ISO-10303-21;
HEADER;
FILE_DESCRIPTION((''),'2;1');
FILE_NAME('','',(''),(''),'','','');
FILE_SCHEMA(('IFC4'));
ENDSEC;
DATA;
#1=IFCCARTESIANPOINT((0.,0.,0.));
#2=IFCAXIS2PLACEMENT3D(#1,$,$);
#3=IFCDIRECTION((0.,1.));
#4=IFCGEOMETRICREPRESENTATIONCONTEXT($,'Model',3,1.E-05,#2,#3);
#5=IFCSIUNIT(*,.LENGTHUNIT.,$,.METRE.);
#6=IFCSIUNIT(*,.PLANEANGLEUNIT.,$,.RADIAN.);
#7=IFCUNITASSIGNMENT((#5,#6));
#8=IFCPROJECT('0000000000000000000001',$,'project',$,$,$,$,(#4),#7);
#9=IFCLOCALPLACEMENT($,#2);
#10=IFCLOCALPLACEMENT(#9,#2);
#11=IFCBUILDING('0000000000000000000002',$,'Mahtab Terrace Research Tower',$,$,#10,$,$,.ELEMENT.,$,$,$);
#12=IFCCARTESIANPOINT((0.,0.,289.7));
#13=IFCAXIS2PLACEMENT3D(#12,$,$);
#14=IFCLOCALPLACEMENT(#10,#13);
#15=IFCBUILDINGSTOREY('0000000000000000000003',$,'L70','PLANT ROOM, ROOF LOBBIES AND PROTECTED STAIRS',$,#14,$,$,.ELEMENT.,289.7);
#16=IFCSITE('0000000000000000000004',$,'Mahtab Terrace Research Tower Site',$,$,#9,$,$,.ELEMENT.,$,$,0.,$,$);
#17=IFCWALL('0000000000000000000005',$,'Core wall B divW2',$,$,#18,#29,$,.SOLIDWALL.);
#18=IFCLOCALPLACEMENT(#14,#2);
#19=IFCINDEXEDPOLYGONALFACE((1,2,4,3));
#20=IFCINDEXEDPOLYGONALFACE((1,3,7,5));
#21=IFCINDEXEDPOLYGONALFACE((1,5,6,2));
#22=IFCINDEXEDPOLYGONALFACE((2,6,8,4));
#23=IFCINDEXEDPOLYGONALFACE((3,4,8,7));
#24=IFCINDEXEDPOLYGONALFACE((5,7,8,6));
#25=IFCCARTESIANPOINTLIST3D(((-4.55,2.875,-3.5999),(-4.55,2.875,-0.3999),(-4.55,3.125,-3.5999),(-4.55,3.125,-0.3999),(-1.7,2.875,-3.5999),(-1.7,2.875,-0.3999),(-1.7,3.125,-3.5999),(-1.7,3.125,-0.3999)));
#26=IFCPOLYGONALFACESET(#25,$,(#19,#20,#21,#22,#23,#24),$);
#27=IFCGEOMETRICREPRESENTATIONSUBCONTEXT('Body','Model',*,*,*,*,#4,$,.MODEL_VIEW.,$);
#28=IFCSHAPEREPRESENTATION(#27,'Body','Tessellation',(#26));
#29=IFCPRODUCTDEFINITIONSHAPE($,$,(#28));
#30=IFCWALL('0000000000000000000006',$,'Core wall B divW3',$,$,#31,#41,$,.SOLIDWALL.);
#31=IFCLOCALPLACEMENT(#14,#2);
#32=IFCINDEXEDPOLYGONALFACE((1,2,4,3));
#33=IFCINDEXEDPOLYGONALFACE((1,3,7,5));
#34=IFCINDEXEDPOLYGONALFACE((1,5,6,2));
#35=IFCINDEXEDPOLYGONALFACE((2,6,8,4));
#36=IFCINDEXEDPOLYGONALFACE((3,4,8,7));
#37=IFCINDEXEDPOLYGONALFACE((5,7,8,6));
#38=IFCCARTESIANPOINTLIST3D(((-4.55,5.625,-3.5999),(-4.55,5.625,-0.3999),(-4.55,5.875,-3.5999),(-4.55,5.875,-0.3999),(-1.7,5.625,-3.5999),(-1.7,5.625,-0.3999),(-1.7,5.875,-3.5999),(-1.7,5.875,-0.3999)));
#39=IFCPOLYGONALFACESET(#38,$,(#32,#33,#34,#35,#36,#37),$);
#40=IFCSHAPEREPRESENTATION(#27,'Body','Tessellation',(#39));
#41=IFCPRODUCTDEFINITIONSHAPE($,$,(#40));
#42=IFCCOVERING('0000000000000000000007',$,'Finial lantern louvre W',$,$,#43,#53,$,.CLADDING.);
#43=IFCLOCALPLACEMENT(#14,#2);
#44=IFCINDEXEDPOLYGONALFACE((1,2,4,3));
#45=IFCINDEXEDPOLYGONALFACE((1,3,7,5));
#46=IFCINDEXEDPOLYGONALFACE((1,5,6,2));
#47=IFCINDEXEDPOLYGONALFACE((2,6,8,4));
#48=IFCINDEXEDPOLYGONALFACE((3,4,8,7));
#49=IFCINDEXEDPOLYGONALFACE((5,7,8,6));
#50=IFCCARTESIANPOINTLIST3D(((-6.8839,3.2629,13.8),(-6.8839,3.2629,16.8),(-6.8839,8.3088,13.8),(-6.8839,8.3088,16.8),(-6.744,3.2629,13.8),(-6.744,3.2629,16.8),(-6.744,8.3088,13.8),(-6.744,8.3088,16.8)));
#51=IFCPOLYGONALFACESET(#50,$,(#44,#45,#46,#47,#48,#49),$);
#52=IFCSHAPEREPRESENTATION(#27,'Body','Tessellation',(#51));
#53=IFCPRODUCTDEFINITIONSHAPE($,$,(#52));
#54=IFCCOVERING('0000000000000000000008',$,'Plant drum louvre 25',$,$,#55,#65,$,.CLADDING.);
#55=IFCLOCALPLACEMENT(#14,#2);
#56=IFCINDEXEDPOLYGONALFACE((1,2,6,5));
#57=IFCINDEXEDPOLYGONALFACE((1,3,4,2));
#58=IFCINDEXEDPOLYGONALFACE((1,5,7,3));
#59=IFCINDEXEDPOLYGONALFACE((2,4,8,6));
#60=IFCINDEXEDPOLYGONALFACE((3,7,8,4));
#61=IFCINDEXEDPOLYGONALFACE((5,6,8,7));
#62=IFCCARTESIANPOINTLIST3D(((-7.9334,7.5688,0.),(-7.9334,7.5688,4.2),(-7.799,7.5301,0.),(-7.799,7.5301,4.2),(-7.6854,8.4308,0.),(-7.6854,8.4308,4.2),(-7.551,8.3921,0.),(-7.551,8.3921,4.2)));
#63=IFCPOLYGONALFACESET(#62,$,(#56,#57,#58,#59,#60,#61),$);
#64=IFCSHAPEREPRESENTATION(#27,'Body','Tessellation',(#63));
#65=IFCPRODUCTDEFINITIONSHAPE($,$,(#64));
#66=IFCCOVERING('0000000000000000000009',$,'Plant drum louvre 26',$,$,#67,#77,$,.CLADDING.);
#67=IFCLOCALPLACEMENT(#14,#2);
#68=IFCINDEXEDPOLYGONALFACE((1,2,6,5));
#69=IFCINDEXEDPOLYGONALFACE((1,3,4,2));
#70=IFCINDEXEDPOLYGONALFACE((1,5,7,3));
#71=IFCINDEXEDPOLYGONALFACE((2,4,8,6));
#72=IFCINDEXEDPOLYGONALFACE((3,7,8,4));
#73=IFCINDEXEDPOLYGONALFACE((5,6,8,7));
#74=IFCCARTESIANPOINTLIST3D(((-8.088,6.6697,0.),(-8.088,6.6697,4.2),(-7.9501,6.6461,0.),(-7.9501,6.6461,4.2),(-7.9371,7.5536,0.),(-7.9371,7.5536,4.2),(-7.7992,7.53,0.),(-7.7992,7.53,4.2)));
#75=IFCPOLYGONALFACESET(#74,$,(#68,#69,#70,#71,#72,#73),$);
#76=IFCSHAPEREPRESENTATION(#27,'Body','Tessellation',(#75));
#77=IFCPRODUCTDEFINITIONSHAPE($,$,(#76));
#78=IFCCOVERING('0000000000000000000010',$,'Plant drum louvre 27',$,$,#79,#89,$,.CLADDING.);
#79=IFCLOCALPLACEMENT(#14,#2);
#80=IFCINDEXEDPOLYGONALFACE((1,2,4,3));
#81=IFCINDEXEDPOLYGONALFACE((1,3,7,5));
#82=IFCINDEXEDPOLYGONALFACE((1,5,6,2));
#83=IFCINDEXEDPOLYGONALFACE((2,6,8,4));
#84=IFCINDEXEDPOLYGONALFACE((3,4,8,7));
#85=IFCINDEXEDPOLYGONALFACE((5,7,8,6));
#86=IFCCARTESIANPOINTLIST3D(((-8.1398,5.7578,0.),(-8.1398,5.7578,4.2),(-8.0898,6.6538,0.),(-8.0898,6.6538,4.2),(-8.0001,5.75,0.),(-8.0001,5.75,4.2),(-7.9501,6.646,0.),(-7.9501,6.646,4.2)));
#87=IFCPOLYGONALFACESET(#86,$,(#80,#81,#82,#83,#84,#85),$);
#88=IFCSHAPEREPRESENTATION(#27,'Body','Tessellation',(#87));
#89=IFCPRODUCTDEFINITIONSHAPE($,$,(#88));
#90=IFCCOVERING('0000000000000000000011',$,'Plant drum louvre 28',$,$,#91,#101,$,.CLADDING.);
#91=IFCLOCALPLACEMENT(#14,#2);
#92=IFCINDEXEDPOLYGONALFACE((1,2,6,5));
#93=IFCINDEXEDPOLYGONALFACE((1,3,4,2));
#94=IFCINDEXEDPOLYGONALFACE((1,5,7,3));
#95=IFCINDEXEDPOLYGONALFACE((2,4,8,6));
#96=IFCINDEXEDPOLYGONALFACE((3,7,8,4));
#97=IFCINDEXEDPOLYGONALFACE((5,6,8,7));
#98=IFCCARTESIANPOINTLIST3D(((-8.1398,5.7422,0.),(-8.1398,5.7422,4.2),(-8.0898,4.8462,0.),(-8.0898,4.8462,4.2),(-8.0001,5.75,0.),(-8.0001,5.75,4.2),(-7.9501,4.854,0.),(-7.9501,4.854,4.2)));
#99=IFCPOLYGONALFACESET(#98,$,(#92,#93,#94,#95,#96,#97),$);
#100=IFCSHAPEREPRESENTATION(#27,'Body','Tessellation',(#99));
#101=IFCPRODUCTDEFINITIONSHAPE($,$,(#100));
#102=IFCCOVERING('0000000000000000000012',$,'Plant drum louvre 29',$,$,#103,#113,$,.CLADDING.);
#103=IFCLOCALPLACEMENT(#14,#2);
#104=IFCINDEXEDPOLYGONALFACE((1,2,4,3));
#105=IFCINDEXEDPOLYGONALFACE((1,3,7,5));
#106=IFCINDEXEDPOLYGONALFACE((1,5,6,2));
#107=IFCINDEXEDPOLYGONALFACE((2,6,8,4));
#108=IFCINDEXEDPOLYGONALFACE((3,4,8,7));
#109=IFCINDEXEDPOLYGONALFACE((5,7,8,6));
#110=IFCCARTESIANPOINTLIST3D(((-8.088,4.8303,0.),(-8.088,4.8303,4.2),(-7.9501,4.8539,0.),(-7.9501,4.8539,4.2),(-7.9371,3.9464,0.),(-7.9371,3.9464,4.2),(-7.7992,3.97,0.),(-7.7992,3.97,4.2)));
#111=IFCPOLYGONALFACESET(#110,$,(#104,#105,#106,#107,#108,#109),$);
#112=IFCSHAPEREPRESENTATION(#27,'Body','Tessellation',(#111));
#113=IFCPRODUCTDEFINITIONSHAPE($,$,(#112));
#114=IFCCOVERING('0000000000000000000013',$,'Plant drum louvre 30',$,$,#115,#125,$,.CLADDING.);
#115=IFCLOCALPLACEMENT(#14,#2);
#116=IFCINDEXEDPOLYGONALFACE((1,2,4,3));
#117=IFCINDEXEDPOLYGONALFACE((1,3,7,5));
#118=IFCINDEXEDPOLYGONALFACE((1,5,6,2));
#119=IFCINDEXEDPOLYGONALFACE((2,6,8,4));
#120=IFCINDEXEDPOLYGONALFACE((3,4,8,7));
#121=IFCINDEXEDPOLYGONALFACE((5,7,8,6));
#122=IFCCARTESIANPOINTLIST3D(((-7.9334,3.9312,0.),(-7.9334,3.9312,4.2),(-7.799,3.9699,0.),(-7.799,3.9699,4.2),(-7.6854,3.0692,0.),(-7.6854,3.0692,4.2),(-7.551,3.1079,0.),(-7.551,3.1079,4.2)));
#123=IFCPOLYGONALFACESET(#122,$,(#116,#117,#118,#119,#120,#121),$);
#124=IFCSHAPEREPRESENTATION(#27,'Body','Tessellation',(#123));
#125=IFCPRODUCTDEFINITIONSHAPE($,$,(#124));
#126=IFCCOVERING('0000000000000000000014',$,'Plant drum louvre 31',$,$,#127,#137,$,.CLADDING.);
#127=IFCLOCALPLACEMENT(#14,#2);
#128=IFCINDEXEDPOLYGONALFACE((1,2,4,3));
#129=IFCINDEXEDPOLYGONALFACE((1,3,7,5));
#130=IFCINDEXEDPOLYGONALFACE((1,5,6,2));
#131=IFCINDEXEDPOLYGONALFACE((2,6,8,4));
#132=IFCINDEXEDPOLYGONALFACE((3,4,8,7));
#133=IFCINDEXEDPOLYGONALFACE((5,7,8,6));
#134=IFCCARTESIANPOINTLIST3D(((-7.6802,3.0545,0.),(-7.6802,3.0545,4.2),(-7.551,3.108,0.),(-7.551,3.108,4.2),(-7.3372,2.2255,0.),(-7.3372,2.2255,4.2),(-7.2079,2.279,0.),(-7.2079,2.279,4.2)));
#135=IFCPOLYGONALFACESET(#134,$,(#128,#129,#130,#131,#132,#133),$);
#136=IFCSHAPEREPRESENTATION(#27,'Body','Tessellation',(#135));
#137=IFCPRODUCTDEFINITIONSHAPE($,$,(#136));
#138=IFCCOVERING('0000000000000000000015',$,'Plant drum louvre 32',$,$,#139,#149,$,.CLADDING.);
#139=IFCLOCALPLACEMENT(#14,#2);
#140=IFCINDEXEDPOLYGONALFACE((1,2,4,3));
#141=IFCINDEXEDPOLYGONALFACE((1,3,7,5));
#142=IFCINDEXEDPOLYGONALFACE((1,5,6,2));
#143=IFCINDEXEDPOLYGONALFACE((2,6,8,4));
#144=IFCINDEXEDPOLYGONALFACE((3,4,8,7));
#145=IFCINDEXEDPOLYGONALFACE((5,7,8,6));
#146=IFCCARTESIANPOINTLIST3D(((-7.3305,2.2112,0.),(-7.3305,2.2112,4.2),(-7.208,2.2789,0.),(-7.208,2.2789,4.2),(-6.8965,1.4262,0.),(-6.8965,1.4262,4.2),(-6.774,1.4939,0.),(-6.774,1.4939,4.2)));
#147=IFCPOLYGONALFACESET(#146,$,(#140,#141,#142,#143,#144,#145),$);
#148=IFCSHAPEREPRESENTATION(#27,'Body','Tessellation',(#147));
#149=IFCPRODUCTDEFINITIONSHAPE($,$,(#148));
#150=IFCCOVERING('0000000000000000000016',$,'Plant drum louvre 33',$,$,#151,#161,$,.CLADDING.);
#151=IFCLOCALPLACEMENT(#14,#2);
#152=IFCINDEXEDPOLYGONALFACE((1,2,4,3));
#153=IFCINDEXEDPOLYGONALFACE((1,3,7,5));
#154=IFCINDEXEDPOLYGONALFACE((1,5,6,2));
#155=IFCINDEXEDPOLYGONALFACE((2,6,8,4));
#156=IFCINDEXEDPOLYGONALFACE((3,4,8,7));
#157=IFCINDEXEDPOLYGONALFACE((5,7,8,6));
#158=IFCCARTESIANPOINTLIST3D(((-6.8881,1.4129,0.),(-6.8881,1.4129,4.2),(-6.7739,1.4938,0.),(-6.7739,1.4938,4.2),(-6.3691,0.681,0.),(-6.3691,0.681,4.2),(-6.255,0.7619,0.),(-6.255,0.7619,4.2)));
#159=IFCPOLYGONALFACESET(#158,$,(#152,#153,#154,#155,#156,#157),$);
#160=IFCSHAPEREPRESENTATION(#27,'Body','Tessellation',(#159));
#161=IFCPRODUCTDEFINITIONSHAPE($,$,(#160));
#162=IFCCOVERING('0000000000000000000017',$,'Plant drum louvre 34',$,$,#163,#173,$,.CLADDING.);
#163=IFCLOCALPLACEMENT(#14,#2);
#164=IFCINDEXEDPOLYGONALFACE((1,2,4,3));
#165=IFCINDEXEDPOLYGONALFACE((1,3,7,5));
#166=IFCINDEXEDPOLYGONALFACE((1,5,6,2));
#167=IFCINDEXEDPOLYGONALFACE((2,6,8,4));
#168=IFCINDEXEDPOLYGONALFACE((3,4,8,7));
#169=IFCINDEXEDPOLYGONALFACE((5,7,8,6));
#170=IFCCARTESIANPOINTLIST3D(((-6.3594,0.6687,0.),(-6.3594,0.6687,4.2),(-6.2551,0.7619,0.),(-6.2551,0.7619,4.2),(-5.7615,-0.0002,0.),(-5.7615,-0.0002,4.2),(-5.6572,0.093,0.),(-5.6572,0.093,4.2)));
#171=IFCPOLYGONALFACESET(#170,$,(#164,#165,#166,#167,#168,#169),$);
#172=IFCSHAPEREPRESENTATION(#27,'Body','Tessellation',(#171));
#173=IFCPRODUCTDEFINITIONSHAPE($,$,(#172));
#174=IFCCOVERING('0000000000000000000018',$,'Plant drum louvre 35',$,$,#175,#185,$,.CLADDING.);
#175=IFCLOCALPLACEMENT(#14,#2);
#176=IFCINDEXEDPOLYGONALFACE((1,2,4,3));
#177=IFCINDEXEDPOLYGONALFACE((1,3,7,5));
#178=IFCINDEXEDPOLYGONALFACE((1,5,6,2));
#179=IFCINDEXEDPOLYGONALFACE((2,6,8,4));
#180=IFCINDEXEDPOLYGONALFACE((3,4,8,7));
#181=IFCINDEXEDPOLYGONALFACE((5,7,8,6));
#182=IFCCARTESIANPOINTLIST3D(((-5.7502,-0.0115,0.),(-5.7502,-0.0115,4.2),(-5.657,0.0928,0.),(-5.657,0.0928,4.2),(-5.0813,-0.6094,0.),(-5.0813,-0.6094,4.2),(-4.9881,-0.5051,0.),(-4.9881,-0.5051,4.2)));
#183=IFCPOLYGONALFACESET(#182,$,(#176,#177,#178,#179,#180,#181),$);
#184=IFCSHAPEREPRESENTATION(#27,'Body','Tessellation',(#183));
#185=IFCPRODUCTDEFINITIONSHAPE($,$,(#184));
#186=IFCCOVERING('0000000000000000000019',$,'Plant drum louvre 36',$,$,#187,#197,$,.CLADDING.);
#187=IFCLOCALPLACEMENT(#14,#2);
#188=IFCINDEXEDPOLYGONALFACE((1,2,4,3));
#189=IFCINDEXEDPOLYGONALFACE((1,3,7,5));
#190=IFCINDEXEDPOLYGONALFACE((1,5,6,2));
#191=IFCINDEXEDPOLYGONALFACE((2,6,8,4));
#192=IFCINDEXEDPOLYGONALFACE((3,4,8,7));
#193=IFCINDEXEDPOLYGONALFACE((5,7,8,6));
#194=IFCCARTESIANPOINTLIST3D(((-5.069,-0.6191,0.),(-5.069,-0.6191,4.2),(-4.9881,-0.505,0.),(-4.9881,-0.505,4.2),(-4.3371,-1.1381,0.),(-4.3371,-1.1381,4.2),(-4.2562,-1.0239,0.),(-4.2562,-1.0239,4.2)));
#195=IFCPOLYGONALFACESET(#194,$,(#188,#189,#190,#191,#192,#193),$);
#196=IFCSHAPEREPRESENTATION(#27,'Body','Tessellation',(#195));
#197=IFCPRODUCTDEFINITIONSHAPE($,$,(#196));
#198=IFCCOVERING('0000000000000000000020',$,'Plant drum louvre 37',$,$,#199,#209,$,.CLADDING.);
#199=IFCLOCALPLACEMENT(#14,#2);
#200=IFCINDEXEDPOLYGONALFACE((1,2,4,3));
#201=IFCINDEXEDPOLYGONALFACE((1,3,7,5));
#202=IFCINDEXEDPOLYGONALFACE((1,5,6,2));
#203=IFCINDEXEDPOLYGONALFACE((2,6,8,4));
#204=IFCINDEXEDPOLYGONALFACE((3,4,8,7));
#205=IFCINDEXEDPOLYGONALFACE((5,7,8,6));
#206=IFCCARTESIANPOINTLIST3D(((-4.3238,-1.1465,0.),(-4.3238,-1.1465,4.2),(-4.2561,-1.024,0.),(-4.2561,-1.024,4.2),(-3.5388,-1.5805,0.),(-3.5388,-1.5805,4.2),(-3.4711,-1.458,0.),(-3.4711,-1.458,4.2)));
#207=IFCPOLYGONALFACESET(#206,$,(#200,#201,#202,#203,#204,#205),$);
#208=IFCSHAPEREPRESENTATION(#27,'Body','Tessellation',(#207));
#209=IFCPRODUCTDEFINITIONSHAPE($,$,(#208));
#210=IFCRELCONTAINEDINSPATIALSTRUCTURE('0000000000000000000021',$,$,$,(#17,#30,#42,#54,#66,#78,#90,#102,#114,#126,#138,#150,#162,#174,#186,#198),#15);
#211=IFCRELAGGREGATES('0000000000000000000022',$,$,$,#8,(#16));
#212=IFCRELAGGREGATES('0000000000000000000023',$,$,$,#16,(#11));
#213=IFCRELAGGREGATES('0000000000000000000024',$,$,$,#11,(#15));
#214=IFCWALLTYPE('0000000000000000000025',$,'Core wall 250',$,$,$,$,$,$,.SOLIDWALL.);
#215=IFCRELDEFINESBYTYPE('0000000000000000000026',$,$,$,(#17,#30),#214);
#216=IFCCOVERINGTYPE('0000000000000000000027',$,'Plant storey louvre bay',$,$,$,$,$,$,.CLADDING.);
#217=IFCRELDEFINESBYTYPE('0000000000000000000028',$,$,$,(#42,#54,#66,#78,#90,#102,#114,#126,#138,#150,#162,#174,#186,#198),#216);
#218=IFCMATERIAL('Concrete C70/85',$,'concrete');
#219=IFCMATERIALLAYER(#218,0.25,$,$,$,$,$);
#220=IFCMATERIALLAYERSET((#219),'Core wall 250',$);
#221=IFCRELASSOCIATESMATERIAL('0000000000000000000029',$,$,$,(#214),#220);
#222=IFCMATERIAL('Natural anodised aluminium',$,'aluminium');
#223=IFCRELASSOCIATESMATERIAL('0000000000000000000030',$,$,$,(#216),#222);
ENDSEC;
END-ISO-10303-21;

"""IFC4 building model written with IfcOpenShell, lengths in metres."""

from ifc_helpers import new_model, si_unit, direction, frame, frame_2d, origin, origin_2d, place, context, subcontext, project, spatial, rectangle, extrude, material, layer, layer_set, type_object, element, save


model = new_model("IFC4")

# Units and contexts
model_context = context("Model", 3, precision=1e-05, world=origin(), true_north=direction((0.0, 1.0)))
body_context = subcontext(model_context, "Body", "Model", "MODEL_VIEW")
ifc_project = project(units=[si_unit("LENGTHUNIT", "METRE"), si_unit("PLANEANGLEUNIT", "RADIAN")], contexts=[model_context])

# Site, building, storey
site_placement = place(None, origin())
site = spatial("IfcSite", under=ifc_project, at=site_placement, Name="Mahtab Terrace Research Tower Site", CompositionType="ELEMENT", RefElevation=0.0)
building_placement = place(site_placement, origin())
building = spatial("IfcBuilding", under=site, at=building_placement, Name="Mahtab Terrace Research Tower", CompositionType="ELEMENT")
storey_placement = place(building_placement, frame((0.0, 0.0, 289.7)))
storey = spatial("IfcBuildingStorey", under=building, at=storey_placement, Name="L70", Description="PLANT ROOM, ROOF LOBBIES AND PROTECTED STAIRS", CompositionType="ELEMENT", Elevation=289.7)

# Shared definitions
ifc_material_1 = material(Name="Concrete C70/85", Category="concrete")

# Walls
ifc_layer_1 = layer(ifc_material_1, 0.25)
ifc_layer_set_1 = layer_set([ifc_layer_1], Name="Core wall 250")
wall_type = type_object("IfcWallType", Name="Core wall 250", PredefinedType="SOLIDWALL", material=ifc_layer_set_1)
for number, where, z_axis, x_axis, name in (
    (1, (-4.55, 3.0, -3.5999), (0.0, 0.0, 1.0), (1.0, 0.0, 0.0), "Core wall B divW2"),
    (2, (-4.55, 5.75, -3.5999), (0.0, 0.0, 1.0), (1.0, 0.0, 0.0), "Core wall B divW3"),
):
    element("IfcWall", number, at=place(storey_placement, frame(where, z_axis=z_axis, x_axis=x_axis)), inside=storey, type_object=wall_type, Name=name, PredefinedType="SOLIDWALL", context=body_context, shape_type="SweptSolid", body=[
        extrude(rectangle(XDim=2.8501, YDim=0.25, at=frame_2d((1.425, 0.0))), origin(), (0.0, 0.0, 1.0), 3.2),
    ])

# Coverings
ifc_material_2 = material(Name="Natural anodised aluminium", Category="aluminium")
covering_type_1 = type_object("IfcCoveringType", Name="Plant storey louvre bay", PredefinedType="CLADDING", material=ifc_material_2)
covering_1_placement = place(storey_placement, frame((-6.814, 5.7859, 13.8), z_axis=(0.0, 0.0, 1.0), x_axis=(1.0, 0.0, 0.0)))
element("IfcCovering", 3, at=covering_1_placement, inside=storey, type_object=covering_type_1, Name="Finial lantern louvre W", PredefinedType="CLADDING", context=body_context, shape_type="SweptSolid", body=[
    extrude(rectangle(XDim=0.1399, YDim=5.0459, at=origin_2d()), origin(), (0.0, 0.0, 1.0), 3.0),
])
covering_2_placement = place(storey_placement, frame((-7.7422, 7.9805, 0.0), z_axis=(0.0, 0.0, 1.0), x_axis=(-0.276488, -0.961017, 0.0)))
element("IfcCovering", 4, at=covering_2_placement, inside=storey, type_object=covering_type_1, Name="Plant drum louvre 25", PredefinedType="CLADDING", context=body_context, shape_type="SweptSolid", body=[
    extrude(rectangle(XDim=0.897, YDim=0.1399, at=origin_2d()), origin(), (0.0, 0.0, 1.0), 4.2),
])
covering_3_placement = place(storey_placement, frame((-7.9436, 7.0999, 0.0), z_axis=(0.0, 0.0, 1.0), x_axis=(-0.168376, -0.985723, 0.0)))
element("IfcCovering", 5, at=covering_3_placement, inside=storey, type_object=covering_type_1, Name="Plant drum louvre 26", PredefinedType="CLADDING", context=body_context, shape_type="SweptSolid", body=[
    extrude(rectangle(XDim=0.8967, YDim=0.1399, at=origin_2d()), origin(), (0.0, 0.0, 1.0), 4.2),
])
for number, where, z_axis, x_axis, name in (
    (6, (-8.0449, 6.2019, 0.0), (0.0, 0.0, 1.0), (-0.055717, -0.998447, 0.0), "Plant drum louvre 27"),
    (7, (-8.0449, 5.2981, 0.0), (0.0, 0.0, 1.0), (0.055717, -0.998447, 0.0), "Plant drum louvre 28"),
):
    element("IfcCovering", number, at=place(storey_placement, frame(where, z_axis=z_axis, x_axis=x_axis)), inside=storey, type_object=covering_type_1, Name=name, PredefinedType="CLADDING", context=body_context, shape_type="SweptSolid", body=[
        extrude(rectangle(XDim=0.8975, YDim=0.1399, at=origin_2d()), origin(), (0.0, 0.0, 1.0), 4.2),
    ])
covering_4_placement = place(storey_placement, frame((-7.9436, 4.4001, 0.0), z_axis=(0.0, 0.0, 1.0), x_axis=(0.168376, -0.985723, 0.0)))
element("IfcCovering", 8, at=covering_4_placement, inside=storey, type_object=covering_type_1, Name="Plant drum louvre 29", PredefinedType="CLADDING", context=body_context, shape_type="SweptSolid", body=[
    extrude(rectangle(XDim=0.8967, YDim=0.1399, at=origin_2d()), origin(), (0.0, 0.0, 1.0), 4.2),
])
covering_5_placement = place(storey_placement, frame((-7.7422, 3.5195, 0.0), z_axis=(0.0, 0.0, 1.0), x_axis=(0.276488, -0.961017, 0.0)))
element("IfcCovering", 9, at=covering_5_placement, inside=storey, type_object=covering_type_1, Name="Plant drum louvre 30", PredefinedType="CLADDING", context=body_context, shape_type="SweptSolid", body=[
    extrude(rectangle(XDim=0.897, YDim=0.1399, at=origin_2d()), origin(), (0.0, 0.0, 1.0), 4.2),
])
covering_6_placement = place(storey_placement, frame((-7.4441, 2.6667, 0.0), z_axis=(0.0, 0.0, 1.0), x_axis=(0.382319, -0.92403, 0.0)))
element("IfcCovering", 10, at=covering_6_placement, inside=storey, type_object=covering_type_1, Name="Plant drum louvre 31", PredefinedType="CLADDING", context=body_context, shape_type="SweptSolid", body=[
    extrude(rectangle(XDim=0.8972, YDim=0.1399, at=origin_2d()), origin(), (0.0, 0.0, 1.0), 4.2),
])
covering_7_placement = place(storey_placement, frame((-7.0522, 1.8525, 0.0), z_axis=(0.0, 0.0, 1.0), x_axis=(0.483843, -0.875155, 0.0)))
element("IfcCovering", 11, at=covering_7_placement, inside=storey, type_object=covering_type_1, Name="Plant drum louvre 32", PredefinedType="CLADDING", context=body_context, shape_type="SweptSolid", body=[
    extrude(rectangle(XDim=0.897, YDim=0.1399, at=origin_2d()), origin(), (0.0, 0.0, 1.0), 4.2),
])
for number, where, z_axis, x_axis, name in (
    (12, (-6.5715, 1.0874, 0.0), (0.0, 0.0, 1.0), (0.578388, -0.815762, 0.0), "Plant drum louvre 33"),
    (13, (-6.0083, 0.3809, 0.0), (0.0, 0.0, 1.0), (0.666436, -0.745562, 0.0), "Plant drum louvre 34"),
    (14, (-5.3691, -0.2583, 0.0), (0.0, 0.0, 1.0), (0.745562, -0.666436, 0.0), "Plant drum louvre 35"),
    (15, (-4.6626, -0.8215, 0.0), (0.0, 0.0, 1.0), (0.815762, -0.578388, 0.0), "Plant drum louvre 36"),
):
    element("IfcCovering", number, at=place(storey_placement, frame(where, z_axis=z_axis, x_axis=x_axis)), inside=storey, type_object=covering_type_1, Name=name, PredefinedType="CLADDING", context=body_context, shape_type="SweptSolid", body=[
        extrude(rectangle(XDim=0.8972, YDim=0.1399, at=origin_2d()), origin(), (0.0, 0.0, 1.0), 4.2),
    ])
covering_8_placement = place(storey_placement, frame((-3.8975, -1.3022, 0.0), z_axis=(0.0, 0.0, 1.0), x_axis=(0.875155, -0.483843, 0.0)))
element("IfcCovering", 16, at=covering_8_placement, inside=storey, type_object=covering_type_1, Name="Plant drum louvre 37", PredefinedType="CLADDING", context=body_context, shape_type="SweptSolid", body=[
    extrude(rectangle(XDim=0.897, YDim=0.1399, at=origin_2d()), origin(), (0.0, 0.0, 1.0), 4.2),
])

save(model, "model.ifc")
